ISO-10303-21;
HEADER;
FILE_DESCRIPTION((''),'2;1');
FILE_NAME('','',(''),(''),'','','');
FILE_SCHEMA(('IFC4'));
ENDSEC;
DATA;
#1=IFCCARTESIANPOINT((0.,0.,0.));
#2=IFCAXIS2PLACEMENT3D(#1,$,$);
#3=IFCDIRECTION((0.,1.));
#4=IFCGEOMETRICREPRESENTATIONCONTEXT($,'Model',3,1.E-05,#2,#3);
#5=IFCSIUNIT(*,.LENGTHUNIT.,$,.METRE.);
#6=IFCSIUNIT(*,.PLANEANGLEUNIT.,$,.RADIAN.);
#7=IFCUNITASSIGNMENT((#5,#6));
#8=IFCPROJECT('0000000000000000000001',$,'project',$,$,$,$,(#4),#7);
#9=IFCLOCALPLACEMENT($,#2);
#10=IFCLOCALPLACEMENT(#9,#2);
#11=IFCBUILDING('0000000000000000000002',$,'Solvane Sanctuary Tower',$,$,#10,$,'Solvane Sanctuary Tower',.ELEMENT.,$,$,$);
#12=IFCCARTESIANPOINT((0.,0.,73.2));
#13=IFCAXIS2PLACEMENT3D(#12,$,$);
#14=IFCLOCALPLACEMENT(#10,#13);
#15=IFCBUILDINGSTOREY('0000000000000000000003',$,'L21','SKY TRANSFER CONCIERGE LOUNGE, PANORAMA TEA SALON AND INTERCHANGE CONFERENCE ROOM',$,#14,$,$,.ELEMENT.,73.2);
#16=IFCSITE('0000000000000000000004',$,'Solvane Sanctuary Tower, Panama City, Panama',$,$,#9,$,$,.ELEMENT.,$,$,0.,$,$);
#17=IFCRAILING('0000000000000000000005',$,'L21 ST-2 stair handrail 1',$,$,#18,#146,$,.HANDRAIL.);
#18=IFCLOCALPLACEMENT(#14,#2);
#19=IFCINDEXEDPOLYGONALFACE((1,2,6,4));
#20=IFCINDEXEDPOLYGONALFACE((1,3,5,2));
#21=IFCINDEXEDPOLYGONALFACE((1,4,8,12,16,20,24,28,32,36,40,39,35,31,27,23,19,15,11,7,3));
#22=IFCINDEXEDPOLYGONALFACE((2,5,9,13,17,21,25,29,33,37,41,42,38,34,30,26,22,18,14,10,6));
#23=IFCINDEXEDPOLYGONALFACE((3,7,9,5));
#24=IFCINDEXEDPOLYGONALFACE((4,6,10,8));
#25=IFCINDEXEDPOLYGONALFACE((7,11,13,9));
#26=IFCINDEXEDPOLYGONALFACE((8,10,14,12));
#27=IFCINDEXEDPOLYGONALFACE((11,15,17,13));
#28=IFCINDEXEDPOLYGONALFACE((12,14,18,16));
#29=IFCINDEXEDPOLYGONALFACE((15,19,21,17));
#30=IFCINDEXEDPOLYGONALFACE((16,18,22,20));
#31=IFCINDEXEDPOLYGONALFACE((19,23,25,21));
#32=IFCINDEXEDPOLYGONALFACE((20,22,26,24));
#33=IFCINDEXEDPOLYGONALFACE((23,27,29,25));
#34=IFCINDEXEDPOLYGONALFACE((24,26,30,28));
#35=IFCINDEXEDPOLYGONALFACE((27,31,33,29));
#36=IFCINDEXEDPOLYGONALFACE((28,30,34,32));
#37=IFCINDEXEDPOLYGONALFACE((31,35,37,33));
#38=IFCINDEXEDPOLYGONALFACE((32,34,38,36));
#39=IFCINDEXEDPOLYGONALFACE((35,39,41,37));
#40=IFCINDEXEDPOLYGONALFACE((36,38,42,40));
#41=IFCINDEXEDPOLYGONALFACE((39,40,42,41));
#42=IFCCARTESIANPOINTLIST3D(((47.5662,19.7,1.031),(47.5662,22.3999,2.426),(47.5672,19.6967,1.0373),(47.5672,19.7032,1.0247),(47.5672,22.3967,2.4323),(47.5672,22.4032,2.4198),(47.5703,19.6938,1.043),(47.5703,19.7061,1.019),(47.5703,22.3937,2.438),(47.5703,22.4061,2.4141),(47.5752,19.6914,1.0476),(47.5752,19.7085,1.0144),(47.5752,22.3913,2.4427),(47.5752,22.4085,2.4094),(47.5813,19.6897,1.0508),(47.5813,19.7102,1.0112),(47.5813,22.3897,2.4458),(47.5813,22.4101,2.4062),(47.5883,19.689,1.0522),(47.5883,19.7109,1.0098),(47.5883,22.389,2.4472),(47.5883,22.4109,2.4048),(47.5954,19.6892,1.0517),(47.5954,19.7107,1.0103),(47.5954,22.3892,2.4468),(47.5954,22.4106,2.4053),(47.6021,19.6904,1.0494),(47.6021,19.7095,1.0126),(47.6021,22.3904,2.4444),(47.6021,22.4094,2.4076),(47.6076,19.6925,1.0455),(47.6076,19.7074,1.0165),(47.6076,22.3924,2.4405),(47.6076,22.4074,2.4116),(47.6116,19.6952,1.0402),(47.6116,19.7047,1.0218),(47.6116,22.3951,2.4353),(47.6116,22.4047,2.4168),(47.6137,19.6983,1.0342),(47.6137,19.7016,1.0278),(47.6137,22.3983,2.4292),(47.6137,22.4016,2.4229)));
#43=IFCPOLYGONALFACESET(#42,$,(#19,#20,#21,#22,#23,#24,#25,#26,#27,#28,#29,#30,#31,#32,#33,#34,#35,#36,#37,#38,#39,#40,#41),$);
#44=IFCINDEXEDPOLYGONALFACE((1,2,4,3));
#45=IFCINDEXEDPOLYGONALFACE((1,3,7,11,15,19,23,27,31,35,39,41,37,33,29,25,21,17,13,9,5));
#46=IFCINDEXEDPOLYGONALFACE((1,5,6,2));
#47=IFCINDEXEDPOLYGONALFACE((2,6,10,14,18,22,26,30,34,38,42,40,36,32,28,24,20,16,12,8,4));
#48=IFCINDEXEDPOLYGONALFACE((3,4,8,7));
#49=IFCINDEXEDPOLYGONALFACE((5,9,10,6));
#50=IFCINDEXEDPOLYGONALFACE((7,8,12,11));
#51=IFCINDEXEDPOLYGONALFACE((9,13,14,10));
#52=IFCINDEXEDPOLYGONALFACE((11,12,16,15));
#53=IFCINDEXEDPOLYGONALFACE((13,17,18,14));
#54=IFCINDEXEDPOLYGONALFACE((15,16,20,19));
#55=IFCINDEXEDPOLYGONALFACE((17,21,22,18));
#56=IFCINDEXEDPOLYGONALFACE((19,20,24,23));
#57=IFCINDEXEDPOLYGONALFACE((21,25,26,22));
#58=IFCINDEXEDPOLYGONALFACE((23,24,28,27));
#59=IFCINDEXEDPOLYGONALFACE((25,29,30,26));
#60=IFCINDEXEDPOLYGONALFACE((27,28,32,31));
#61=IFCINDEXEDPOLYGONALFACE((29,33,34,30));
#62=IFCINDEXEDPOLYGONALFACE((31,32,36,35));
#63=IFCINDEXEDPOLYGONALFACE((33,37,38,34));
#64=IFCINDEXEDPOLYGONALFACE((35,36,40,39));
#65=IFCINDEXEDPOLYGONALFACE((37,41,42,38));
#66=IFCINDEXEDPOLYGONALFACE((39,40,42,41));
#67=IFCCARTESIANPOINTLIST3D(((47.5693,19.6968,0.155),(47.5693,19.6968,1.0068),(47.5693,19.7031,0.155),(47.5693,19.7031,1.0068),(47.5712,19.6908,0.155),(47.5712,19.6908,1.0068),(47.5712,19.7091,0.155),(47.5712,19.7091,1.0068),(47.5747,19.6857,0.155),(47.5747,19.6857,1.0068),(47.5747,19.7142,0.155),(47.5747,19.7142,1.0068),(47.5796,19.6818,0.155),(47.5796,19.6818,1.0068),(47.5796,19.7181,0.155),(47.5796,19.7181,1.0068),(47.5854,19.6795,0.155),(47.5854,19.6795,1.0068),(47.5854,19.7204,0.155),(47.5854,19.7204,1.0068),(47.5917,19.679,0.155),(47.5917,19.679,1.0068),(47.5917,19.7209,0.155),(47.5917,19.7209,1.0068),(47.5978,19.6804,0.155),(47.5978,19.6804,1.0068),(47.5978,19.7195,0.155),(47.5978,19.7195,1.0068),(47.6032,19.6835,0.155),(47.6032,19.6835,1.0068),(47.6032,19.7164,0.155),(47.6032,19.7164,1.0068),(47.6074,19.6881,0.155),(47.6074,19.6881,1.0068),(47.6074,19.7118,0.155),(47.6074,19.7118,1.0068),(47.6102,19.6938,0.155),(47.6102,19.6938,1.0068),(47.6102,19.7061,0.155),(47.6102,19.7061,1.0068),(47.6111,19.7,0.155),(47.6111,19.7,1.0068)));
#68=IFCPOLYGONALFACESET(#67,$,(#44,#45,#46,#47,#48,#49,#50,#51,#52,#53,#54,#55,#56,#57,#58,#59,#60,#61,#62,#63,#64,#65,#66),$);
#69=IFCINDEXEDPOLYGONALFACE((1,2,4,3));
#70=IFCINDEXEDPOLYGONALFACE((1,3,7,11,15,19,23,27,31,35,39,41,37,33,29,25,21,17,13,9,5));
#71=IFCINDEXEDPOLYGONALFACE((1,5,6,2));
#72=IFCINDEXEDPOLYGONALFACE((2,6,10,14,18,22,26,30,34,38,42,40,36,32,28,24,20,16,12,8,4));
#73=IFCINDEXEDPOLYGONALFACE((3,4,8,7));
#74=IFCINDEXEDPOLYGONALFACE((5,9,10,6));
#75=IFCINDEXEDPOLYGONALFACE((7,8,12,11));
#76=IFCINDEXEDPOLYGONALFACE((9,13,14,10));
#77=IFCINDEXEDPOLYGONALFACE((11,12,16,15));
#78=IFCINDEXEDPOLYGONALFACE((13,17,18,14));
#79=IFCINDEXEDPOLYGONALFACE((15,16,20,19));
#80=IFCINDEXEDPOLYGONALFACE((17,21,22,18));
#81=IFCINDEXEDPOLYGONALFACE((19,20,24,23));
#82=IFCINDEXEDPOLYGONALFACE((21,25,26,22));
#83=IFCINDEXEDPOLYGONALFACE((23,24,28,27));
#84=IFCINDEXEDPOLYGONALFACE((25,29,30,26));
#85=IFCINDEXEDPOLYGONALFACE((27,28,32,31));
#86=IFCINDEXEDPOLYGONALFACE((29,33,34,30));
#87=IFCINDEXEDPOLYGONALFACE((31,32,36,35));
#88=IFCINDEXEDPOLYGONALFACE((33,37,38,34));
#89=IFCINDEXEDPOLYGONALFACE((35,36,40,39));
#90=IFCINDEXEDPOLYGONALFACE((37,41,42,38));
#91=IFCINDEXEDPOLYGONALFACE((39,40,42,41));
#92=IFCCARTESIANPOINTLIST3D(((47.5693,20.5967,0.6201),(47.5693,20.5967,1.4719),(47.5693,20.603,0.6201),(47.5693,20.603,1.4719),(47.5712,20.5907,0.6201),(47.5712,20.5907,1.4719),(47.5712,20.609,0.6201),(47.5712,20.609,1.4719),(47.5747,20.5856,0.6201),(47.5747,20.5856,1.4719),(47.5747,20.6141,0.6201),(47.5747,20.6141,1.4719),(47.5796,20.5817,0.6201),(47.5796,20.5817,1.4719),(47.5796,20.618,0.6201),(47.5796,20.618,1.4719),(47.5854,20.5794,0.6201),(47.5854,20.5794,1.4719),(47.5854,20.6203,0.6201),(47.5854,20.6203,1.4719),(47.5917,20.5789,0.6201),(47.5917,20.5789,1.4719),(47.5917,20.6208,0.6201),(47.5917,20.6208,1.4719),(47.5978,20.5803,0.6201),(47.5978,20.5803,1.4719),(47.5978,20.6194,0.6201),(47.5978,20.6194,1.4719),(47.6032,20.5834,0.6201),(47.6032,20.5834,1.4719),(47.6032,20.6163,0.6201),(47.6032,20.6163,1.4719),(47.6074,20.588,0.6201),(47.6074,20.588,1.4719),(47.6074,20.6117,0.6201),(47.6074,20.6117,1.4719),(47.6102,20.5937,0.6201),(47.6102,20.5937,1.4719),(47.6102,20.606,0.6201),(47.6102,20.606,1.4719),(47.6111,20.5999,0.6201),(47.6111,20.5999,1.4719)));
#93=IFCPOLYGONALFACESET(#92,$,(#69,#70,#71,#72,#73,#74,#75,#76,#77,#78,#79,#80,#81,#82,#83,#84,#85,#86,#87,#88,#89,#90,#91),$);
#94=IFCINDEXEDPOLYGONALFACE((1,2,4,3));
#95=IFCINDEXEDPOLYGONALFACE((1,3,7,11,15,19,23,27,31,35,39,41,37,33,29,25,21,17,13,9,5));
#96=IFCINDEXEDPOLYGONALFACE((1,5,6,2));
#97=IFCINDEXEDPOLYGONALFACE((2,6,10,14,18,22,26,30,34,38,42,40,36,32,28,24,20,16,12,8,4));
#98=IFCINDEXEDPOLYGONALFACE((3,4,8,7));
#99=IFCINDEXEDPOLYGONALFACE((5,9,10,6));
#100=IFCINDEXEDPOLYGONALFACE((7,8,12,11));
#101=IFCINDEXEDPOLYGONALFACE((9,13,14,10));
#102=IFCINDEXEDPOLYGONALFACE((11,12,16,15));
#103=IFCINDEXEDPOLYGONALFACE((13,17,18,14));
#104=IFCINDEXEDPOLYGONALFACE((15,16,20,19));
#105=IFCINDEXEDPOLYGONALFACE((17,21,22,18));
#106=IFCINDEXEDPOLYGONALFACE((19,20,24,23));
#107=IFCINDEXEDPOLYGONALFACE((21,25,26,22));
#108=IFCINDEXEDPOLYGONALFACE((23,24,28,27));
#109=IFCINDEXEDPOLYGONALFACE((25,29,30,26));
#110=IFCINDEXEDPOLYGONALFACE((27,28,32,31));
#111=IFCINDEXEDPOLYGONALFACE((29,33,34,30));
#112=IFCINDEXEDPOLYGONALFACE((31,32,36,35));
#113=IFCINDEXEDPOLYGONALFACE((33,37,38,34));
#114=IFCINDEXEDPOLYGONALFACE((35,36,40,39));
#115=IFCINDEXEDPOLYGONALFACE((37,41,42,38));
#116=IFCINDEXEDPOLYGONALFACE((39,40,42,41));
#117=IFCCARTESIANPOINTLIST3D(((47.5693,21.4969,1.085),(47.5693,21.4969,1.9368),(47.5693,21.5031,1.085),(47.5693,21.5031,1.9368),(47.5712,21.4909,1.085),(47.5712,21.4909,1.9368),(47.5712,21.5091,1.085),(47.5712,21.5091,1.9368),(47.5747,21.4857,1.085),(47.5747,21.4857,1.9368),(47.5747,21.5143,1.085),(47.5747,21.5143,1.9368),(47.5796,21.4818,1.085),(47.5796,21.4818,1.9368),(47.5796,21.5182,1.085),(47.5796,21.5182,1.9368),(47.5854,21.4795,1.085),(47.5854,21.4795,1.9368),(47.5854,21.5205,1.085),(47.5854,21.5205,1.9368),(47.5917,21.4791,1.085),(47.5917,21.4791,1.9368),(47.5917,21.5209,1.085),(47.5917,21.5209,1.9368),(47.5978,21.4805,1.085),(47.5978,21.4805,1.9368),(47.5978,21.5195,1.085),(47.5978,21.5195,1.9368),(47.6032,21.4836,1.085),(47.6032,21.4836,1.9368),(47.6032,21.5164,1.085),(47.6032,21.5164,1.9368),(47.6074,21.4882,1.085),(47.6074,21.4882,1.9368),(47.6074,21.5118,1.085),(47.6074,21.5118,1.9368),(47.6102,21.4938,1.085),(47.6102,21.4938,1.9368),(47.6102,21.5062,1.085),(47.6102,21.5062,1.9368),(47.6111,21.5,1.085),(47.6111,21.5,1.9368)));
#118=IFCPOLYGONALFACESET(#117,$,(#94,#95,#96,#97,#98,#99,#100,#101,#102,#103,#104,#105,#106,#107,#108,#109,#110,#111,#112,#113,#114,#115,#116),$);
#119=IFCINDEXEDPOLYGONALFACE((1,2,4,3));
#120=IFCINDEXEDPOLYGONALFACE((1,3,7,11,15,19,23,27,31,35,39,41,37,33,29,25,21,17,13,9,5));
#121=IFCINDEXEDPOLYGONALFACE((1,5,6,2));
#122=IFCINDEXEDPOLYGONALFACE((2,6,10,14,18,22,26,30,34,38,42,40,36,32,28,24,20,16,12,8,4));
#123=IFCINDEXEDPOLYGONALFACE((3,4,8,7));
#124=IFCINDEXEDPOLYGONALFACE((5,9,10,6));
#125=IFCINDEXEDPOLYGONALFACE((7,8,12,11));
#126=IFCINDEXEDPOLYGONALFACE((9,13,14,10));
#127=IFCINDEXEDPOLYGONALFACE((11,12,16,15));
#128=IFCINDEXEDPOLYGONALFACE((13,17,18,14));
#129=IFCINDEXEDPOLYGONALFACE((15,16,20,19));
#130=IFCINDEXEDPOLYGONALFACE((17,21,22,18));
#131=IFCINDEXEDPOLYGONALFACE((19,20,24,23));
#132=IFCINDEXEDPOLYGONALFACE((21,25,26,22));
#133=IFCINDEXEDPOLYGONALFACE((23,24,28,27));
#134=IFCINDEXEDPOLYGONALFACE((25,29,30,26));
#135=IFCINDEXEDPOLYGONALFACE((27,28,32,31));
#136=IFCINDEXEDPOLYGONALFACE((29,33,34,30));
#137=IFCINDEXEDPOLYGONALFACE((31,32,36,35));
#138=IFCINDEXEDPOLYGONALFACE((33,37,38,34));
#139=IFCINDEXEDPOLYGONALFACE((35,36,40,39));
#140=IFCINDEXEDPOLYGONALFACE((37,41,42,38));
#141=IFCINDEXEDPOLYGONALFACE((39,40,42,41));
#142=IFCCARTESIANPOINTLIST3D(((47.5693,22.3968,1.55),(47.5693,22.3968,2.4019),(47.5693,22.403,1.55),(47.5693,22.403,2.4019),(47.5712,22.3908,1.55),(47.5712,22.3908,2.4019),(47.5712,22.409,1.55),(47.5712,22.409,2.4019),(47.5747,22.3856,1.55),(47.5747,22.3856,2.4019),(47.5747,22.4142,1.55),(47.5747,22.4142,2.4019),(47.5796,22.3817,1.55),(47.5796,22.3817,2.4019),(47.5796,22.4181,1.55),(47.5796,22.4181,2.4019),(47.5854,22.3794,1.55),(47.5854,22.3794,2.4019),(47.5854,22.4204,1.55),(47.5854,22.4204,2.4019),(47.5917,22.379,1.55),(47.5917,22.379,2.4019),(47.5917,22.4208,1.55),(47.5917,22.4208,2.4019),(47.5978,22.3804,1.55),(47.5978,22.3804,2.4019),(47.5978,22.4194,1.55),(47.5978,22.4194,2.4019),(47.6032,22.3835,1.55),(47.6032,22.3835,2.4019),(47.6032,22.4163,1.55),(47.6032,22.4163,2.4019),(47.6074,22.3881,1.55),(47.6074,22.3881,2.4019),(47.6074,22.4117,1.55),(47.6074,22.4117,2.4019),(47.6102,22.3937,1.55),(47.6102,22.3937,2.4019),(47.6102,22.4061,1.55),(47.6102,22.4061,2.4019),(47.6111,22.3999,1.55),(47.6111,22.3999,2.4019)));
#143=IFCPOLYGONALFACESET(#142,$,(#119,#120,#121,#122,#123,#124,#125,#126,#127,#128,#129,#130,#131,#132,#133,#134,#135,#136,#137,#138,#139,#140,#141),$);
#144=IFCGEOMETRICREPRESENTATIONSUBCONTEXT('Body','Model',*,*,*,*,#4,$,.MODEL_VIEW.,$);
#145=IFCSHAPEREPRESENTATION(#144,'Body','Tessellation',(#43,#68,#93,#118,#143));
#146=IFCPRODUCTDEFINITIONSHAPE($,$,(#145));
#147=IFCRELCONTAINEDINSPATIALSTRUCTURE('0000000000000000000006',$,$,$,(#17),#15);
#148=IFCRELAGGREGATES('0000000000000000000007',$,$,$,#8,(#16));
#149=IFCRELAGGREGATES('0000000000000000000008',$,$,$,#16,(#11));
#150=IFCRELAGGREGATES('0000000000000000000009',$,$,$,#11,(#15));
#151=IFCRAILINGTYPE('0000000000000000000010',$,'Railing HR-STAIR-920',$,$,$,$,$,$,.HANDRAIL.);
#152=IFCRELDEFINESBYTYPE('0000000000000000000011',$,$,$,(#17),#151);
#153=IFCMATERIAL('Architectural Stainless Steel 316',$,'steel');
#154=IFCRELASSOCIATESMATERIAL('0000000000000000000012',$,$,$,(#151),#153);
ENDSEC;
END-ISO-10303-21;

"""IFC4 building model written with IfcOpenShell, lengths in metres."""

from ifc_helpers import new_model, si_unit, direction, frame, origin, origin_2d, place, context, subcontext, project, spatial, circle, extrude, material, type_object, element, save


model = new_model("IFC4")

# Units and contexts
model_context = context("Model", 3, precision=1e-05, world=origin(), true_north=direction((0.0, 1.0)))
body_context = subcontext(model_context, "Body", "Model", "MODEL_VIEW")
ifc_project = project(units=[si_unit("LENGTHUNIT", "METRE"), si_unit("PLANEANGLEUNIT", "RADIAN")], contexts=[model_context])

# Site, building, storey
site_placement = place(None, origin())
site = spatial("IfcSite", under=ifc_project, at=site_placement, Name="Solvane Sanctuary Tower, Panama City, Panama", CompositionType="ELEMENT", RefElevation=0.0)
building_placement = place(site_placement, origin())
building = spatial("IfcBuilding", under=site, at=building_placement, Name="Solvane Sanctuary Tower", LongName="Solvane Sanctuary Tower", CompositionType="ELEMENT")
storey_placement = place(building_placement, frame((0.0, 0.0, 73.2)))
storey = spatial("IfcBuildingStorey", under=building, at=storey_placement, Name="L21", Description="SKY TRANSFER CONCIERGE LOUNGE, PANORAMA TEA SALON AND INTERCHANGE CONFERENCE ROOM", CompositionType="ELEMENT", Elevation=73.2)

# Shared definitions
ifc_material_1 = material(Name="Architectural Stainless Steel 316", Category="steel")

# Railing
railing_type_1 = type_object("IfcRailingType", Name="Railing HR-STAIR-920", PredefinedType="HANDRAIL", material=ifc_material_1)
railing_1_placement = place(storey_placement, frame((47.5901, 19.7, 0.155)))
element("IfcRailing", 1, at=railing_1_placement, inside=storey, type_object=railing_type_1, Name="L21 ST-2 stair handrail 1", PredefinedType="HANDRAIL", context=body_context, shape_type="SweptSolid", body=[
    extrude(circle(Radius=0.0239, at=origin_2d()), frame((0.0, 0.0, 0.876), z_axis=(0.0, 0.88842, 0.459032), x_axis=(-1.0, 0.0, 0.0)), (0.0, 0.0, 1.0), 3.0391),
    extrude(circle(Radius=0.021, at=origin_2d()), origin(), (0.0, 0.0, 1.0), 0.8518),
    extrude(circle(Radius=0.021, at=origin_2d()), frame((0.0, 0.8999, 0.4651)), (0.0, 0.0, 1.0), 0.8518),
    extrude(circle(Radius=0.021, at=origin_2d()), frame((0.0, 1.8, 0.9299)), (0.0, 0.0, 1.0), 0.8518),
    extrude(circle(Radius=0.021, at=origin_2d()), frame((0.0, 2.7, 1.395)), (0.0, 0.0, 1.0), 0.8518),
])

save(model, "model.ifc")
